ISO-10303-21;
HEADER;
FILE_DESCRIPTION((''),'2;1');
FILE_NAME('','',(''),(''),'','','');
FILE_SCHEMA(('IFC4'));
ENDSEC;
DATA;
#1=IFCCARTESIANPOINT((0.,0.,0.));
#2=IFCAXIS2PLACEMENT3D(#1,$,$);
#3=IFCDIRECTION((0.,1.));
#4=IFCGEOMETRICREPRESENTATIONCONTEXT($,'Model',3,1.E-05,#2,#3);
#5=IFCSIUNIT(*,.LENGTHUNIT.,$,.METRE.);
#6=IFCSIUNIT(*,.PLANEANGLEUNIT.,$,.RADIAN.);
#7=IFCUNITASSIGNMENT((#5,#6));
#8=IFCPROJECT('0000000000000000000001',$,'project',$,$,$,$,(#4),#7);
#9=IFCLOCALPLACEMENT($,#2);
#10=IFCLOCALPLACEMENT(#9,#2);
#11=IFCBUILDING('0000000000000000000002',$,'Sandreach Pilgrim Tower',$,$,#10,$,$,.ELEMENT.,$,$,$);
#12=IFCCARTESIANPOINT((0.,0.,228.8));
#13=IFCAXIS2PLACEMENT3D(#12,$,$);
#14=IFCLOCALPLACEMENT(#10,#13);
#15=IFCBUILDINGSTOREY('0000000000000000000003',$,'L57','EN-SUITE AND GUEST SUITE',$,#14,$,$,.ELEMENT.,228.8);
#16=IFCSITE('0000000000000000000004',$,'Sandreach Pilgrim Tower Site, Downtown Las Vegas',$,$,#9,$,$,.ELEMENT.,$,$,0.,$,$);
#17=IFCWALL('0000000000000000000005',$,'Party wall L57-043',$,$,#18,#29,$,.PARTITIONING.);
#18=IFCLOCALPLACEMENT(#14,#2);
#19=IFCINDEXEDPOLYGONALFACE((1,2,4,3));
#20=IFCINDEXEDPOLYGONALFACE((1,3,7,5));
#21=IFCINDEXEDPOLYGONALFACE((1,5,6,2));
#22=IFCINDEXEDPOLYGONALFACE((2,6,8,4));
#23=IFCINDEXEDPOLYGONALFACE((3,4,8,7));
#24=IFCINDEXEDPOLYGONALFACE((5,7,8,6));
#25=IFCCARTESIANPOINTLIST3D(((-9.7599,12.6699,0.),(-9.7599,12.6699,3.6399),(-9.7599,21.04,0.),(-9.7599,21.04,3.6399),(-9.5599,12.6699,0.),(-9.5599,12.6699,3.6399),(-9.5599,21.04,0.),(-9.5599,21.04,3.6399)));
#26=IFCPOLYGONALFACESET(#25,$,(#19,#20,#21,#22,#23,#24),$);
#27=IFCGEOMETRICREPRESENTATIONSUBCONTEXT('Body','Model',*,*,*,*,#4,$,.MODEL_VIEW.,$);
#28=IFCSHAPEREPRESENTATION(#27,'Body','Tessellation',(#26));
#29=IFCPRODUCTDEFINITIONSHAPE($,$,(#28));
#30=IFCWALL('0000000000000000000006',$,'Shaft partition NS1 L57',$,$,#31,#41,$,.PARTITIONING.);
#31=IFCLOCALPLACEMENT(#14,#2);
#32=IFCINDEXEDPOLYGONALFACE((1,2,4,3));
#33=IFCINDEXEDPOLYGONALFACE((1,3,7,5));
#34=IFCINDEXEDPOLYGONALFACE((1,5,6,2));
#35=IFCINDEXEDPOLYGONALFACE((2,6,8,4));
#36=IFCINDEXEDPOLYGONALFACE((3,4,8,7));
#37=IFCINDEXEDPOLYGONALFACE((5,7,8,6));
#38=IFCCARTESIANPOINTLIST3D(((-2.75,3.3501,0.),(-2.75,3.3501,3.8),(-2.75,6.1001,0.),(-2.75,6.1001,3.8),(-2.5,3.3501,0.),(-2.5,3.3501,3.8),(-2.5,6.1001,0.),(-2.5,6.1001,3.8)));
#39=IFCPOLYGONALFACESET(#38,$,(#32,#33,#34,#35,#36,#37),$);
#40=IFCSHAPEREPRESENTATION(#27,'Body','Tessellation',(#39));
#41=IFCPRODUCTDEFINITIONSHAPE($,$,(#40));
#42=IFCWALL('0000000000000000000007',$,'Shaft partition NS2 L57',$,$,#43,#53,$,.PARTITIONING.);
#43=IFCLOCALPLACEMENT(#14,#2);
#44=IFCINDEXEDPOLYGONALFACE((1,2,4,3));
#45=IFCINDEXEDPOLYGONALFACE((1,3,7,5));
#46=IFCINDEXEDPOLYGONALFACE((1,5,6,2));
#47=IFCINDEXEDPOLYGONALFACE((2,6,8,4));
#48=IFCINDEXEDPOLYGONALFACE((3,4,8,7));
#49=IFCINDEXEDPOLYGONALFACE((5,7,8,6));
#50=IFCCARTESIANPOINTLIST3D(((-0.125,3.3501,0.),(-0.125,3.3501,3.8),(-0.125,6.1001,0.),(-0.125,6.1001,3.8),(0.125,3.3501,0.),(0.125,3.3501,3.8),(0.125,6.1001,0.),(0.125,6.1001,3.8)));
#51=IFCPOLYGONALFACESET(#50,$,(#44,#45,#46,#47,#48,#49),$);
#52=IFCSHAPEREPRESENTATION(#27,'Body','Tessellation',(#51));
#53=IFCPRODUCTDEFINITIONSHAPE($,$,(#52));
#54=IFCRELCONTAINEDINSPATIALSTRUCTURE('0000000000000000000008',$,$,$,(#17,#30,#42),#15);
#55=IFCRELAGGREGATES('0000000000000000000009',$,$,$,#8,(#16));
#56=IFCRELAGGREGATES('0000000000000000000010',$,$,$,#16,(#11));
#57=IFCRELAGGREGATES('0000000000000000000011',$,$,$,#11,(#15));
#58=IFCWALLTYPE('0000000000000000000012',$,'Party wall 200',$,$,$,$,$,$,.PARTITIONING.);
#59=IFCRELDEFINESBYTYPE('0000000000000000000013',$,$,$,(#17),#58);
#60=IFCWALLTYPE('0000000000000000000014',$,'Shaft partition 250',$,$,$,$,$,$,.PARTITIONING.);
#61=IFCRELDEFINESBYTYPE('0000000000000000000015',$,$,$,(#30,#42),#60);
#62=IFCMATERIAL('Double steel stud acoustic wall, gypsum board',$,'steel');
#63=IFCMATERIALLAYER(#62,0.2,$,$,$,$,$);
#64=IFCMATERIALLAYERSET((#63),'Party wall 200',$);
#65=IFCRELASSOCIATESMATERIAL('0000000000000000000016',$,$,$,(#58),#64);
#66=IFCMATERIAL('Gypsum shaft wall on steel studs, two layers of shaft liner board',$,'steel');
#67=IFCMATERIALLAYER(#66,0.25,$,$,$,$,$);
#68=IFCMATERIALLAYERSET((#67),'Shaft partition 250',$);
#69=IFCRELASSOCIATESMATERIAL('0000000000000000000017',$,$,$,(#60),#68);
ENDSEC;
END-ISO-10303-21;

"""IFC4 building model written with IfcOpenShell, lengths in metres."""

from ifc_helpers import new_model, si_unit, direction, frame, frame_2d, origin, place, context, subcontext, project, spatial, rectangle, extrude, material, layer, layer_set, type_object, element, save


model = new_model("IFC4")

# Units and contexts
model_context = context("Model", 3, precision=1e-05, world=origin(), true_north=direction((0.0, 1.0)))
body_context = subcontext(model_context, "Body", "Model", "MODEL_VIEW")
ifc_project = project(units=[si_unit("LENGTHUNIT", "METRE"), si_unit("PLANEANGLEUNIT", "RADIAN")], contexts=[model_context])

# Site, building, storey
site_placement = place(None, origin())
site = spatial("IfcSite", under=ifc_project, at=site_placement, Name="Sandreach Pilgrim Tower Site, Downtown Las Vegas", CompositionType="ELEMENT", RefElevation=0.0)
building_placement = place(site_placement, origin())
building = spatial("IfcBuilding", under=site, at=building_placement, Name="Sandreach Pilgrim Tower", CompositionType="ELEMENT")
storey_placement = place(building_placement, frame((0.0, 0.0, 228.8)))
storey = spatial("IfcBuildingStorey", under=building, at=storey_placement, Name="L57", Description="EN-SUITE AND GUEST SUITE", CompositionType="ELEMENT", Elevation=228.8)

# Walls
ifc_material_1 = material(Name="Double steel stud acoustic wall, gypsum board", Category="steel")
ifc_layer_1 = layer(ifc_material_1, 0.2)
ifc_layer_set_1 = layer_set([ifc_layer_1], Name="Party wall 200")
wall_type_1 = type_object("IfcWallType", Name="Party wall 200", PredefinedType="PARTITIONING", material=ifc_layer_set_1)
wall_1_placement = place(storey_placement, frame((-9.6599, 12.6699, 0.0), z_axis=(0.0, 0.0, 1.0), x_axis=(0.0, 1.0, 0.0)))
element("IfcWall", 1, at=wall_1_placement, inside=storey, type_object=wall_type_1, Name="Party wall L57-043", PredefinedType="PARTITIONING", context=body_context, shape_type="SweptSolid", body=[
    extrude(rectangle(XDim=8.3701, YDim=0.2, at=frame_2d((4.1851, 0.0))), origin(), (0.0, 0.0, 1.0), 3.6399),
])
ifc_material_2 = material(Name="Gypsum shaft wall on steel studs, two layers of shaft liner board", Category="steel")
ifc_layer_2 = layer(ifc_material_2, 0.25)
ifc_layer_set_2 = layer_set([ifc_layer_2], Name="Shaft partition 250")
wall_type_2 = type_object("IfcWallType", Name="Shaft partition 250", PredefinedType="PARTITIONING", material=ifc_layer_set_2)
for number, where, z_axis, x_axis, name in (
    (2, (-2.625, 3.3501, 0.0), (0.0, 0.0, 1.0), (0.0, 1.0, 0.0), "Shaft partition NS1 L57"),
    (3, (0.0, 3.3501, 0.0), (0.0, 0.0, 1.0), (0.0, 1.0, 0.0), "Shaft partition NS2 L57"),
):
    element("IfcWall", number, at=place(storey_placement, frame(where, z_axis=z_axis, x_axis=x_axis)), inside=storey, type_object=wall_type_2, Name=name, PredefinedType="PARTITIONING", context=body_context, shape_type="SweptSolid", body=[
        extrude(rectangle(XDim=2.75, YDim=0.25, at=frame_2d((1.375, 0.0))), origin(), (0.0, 0.0, 1.0), 3.8),
    ])

save(model, "model.ifc")
